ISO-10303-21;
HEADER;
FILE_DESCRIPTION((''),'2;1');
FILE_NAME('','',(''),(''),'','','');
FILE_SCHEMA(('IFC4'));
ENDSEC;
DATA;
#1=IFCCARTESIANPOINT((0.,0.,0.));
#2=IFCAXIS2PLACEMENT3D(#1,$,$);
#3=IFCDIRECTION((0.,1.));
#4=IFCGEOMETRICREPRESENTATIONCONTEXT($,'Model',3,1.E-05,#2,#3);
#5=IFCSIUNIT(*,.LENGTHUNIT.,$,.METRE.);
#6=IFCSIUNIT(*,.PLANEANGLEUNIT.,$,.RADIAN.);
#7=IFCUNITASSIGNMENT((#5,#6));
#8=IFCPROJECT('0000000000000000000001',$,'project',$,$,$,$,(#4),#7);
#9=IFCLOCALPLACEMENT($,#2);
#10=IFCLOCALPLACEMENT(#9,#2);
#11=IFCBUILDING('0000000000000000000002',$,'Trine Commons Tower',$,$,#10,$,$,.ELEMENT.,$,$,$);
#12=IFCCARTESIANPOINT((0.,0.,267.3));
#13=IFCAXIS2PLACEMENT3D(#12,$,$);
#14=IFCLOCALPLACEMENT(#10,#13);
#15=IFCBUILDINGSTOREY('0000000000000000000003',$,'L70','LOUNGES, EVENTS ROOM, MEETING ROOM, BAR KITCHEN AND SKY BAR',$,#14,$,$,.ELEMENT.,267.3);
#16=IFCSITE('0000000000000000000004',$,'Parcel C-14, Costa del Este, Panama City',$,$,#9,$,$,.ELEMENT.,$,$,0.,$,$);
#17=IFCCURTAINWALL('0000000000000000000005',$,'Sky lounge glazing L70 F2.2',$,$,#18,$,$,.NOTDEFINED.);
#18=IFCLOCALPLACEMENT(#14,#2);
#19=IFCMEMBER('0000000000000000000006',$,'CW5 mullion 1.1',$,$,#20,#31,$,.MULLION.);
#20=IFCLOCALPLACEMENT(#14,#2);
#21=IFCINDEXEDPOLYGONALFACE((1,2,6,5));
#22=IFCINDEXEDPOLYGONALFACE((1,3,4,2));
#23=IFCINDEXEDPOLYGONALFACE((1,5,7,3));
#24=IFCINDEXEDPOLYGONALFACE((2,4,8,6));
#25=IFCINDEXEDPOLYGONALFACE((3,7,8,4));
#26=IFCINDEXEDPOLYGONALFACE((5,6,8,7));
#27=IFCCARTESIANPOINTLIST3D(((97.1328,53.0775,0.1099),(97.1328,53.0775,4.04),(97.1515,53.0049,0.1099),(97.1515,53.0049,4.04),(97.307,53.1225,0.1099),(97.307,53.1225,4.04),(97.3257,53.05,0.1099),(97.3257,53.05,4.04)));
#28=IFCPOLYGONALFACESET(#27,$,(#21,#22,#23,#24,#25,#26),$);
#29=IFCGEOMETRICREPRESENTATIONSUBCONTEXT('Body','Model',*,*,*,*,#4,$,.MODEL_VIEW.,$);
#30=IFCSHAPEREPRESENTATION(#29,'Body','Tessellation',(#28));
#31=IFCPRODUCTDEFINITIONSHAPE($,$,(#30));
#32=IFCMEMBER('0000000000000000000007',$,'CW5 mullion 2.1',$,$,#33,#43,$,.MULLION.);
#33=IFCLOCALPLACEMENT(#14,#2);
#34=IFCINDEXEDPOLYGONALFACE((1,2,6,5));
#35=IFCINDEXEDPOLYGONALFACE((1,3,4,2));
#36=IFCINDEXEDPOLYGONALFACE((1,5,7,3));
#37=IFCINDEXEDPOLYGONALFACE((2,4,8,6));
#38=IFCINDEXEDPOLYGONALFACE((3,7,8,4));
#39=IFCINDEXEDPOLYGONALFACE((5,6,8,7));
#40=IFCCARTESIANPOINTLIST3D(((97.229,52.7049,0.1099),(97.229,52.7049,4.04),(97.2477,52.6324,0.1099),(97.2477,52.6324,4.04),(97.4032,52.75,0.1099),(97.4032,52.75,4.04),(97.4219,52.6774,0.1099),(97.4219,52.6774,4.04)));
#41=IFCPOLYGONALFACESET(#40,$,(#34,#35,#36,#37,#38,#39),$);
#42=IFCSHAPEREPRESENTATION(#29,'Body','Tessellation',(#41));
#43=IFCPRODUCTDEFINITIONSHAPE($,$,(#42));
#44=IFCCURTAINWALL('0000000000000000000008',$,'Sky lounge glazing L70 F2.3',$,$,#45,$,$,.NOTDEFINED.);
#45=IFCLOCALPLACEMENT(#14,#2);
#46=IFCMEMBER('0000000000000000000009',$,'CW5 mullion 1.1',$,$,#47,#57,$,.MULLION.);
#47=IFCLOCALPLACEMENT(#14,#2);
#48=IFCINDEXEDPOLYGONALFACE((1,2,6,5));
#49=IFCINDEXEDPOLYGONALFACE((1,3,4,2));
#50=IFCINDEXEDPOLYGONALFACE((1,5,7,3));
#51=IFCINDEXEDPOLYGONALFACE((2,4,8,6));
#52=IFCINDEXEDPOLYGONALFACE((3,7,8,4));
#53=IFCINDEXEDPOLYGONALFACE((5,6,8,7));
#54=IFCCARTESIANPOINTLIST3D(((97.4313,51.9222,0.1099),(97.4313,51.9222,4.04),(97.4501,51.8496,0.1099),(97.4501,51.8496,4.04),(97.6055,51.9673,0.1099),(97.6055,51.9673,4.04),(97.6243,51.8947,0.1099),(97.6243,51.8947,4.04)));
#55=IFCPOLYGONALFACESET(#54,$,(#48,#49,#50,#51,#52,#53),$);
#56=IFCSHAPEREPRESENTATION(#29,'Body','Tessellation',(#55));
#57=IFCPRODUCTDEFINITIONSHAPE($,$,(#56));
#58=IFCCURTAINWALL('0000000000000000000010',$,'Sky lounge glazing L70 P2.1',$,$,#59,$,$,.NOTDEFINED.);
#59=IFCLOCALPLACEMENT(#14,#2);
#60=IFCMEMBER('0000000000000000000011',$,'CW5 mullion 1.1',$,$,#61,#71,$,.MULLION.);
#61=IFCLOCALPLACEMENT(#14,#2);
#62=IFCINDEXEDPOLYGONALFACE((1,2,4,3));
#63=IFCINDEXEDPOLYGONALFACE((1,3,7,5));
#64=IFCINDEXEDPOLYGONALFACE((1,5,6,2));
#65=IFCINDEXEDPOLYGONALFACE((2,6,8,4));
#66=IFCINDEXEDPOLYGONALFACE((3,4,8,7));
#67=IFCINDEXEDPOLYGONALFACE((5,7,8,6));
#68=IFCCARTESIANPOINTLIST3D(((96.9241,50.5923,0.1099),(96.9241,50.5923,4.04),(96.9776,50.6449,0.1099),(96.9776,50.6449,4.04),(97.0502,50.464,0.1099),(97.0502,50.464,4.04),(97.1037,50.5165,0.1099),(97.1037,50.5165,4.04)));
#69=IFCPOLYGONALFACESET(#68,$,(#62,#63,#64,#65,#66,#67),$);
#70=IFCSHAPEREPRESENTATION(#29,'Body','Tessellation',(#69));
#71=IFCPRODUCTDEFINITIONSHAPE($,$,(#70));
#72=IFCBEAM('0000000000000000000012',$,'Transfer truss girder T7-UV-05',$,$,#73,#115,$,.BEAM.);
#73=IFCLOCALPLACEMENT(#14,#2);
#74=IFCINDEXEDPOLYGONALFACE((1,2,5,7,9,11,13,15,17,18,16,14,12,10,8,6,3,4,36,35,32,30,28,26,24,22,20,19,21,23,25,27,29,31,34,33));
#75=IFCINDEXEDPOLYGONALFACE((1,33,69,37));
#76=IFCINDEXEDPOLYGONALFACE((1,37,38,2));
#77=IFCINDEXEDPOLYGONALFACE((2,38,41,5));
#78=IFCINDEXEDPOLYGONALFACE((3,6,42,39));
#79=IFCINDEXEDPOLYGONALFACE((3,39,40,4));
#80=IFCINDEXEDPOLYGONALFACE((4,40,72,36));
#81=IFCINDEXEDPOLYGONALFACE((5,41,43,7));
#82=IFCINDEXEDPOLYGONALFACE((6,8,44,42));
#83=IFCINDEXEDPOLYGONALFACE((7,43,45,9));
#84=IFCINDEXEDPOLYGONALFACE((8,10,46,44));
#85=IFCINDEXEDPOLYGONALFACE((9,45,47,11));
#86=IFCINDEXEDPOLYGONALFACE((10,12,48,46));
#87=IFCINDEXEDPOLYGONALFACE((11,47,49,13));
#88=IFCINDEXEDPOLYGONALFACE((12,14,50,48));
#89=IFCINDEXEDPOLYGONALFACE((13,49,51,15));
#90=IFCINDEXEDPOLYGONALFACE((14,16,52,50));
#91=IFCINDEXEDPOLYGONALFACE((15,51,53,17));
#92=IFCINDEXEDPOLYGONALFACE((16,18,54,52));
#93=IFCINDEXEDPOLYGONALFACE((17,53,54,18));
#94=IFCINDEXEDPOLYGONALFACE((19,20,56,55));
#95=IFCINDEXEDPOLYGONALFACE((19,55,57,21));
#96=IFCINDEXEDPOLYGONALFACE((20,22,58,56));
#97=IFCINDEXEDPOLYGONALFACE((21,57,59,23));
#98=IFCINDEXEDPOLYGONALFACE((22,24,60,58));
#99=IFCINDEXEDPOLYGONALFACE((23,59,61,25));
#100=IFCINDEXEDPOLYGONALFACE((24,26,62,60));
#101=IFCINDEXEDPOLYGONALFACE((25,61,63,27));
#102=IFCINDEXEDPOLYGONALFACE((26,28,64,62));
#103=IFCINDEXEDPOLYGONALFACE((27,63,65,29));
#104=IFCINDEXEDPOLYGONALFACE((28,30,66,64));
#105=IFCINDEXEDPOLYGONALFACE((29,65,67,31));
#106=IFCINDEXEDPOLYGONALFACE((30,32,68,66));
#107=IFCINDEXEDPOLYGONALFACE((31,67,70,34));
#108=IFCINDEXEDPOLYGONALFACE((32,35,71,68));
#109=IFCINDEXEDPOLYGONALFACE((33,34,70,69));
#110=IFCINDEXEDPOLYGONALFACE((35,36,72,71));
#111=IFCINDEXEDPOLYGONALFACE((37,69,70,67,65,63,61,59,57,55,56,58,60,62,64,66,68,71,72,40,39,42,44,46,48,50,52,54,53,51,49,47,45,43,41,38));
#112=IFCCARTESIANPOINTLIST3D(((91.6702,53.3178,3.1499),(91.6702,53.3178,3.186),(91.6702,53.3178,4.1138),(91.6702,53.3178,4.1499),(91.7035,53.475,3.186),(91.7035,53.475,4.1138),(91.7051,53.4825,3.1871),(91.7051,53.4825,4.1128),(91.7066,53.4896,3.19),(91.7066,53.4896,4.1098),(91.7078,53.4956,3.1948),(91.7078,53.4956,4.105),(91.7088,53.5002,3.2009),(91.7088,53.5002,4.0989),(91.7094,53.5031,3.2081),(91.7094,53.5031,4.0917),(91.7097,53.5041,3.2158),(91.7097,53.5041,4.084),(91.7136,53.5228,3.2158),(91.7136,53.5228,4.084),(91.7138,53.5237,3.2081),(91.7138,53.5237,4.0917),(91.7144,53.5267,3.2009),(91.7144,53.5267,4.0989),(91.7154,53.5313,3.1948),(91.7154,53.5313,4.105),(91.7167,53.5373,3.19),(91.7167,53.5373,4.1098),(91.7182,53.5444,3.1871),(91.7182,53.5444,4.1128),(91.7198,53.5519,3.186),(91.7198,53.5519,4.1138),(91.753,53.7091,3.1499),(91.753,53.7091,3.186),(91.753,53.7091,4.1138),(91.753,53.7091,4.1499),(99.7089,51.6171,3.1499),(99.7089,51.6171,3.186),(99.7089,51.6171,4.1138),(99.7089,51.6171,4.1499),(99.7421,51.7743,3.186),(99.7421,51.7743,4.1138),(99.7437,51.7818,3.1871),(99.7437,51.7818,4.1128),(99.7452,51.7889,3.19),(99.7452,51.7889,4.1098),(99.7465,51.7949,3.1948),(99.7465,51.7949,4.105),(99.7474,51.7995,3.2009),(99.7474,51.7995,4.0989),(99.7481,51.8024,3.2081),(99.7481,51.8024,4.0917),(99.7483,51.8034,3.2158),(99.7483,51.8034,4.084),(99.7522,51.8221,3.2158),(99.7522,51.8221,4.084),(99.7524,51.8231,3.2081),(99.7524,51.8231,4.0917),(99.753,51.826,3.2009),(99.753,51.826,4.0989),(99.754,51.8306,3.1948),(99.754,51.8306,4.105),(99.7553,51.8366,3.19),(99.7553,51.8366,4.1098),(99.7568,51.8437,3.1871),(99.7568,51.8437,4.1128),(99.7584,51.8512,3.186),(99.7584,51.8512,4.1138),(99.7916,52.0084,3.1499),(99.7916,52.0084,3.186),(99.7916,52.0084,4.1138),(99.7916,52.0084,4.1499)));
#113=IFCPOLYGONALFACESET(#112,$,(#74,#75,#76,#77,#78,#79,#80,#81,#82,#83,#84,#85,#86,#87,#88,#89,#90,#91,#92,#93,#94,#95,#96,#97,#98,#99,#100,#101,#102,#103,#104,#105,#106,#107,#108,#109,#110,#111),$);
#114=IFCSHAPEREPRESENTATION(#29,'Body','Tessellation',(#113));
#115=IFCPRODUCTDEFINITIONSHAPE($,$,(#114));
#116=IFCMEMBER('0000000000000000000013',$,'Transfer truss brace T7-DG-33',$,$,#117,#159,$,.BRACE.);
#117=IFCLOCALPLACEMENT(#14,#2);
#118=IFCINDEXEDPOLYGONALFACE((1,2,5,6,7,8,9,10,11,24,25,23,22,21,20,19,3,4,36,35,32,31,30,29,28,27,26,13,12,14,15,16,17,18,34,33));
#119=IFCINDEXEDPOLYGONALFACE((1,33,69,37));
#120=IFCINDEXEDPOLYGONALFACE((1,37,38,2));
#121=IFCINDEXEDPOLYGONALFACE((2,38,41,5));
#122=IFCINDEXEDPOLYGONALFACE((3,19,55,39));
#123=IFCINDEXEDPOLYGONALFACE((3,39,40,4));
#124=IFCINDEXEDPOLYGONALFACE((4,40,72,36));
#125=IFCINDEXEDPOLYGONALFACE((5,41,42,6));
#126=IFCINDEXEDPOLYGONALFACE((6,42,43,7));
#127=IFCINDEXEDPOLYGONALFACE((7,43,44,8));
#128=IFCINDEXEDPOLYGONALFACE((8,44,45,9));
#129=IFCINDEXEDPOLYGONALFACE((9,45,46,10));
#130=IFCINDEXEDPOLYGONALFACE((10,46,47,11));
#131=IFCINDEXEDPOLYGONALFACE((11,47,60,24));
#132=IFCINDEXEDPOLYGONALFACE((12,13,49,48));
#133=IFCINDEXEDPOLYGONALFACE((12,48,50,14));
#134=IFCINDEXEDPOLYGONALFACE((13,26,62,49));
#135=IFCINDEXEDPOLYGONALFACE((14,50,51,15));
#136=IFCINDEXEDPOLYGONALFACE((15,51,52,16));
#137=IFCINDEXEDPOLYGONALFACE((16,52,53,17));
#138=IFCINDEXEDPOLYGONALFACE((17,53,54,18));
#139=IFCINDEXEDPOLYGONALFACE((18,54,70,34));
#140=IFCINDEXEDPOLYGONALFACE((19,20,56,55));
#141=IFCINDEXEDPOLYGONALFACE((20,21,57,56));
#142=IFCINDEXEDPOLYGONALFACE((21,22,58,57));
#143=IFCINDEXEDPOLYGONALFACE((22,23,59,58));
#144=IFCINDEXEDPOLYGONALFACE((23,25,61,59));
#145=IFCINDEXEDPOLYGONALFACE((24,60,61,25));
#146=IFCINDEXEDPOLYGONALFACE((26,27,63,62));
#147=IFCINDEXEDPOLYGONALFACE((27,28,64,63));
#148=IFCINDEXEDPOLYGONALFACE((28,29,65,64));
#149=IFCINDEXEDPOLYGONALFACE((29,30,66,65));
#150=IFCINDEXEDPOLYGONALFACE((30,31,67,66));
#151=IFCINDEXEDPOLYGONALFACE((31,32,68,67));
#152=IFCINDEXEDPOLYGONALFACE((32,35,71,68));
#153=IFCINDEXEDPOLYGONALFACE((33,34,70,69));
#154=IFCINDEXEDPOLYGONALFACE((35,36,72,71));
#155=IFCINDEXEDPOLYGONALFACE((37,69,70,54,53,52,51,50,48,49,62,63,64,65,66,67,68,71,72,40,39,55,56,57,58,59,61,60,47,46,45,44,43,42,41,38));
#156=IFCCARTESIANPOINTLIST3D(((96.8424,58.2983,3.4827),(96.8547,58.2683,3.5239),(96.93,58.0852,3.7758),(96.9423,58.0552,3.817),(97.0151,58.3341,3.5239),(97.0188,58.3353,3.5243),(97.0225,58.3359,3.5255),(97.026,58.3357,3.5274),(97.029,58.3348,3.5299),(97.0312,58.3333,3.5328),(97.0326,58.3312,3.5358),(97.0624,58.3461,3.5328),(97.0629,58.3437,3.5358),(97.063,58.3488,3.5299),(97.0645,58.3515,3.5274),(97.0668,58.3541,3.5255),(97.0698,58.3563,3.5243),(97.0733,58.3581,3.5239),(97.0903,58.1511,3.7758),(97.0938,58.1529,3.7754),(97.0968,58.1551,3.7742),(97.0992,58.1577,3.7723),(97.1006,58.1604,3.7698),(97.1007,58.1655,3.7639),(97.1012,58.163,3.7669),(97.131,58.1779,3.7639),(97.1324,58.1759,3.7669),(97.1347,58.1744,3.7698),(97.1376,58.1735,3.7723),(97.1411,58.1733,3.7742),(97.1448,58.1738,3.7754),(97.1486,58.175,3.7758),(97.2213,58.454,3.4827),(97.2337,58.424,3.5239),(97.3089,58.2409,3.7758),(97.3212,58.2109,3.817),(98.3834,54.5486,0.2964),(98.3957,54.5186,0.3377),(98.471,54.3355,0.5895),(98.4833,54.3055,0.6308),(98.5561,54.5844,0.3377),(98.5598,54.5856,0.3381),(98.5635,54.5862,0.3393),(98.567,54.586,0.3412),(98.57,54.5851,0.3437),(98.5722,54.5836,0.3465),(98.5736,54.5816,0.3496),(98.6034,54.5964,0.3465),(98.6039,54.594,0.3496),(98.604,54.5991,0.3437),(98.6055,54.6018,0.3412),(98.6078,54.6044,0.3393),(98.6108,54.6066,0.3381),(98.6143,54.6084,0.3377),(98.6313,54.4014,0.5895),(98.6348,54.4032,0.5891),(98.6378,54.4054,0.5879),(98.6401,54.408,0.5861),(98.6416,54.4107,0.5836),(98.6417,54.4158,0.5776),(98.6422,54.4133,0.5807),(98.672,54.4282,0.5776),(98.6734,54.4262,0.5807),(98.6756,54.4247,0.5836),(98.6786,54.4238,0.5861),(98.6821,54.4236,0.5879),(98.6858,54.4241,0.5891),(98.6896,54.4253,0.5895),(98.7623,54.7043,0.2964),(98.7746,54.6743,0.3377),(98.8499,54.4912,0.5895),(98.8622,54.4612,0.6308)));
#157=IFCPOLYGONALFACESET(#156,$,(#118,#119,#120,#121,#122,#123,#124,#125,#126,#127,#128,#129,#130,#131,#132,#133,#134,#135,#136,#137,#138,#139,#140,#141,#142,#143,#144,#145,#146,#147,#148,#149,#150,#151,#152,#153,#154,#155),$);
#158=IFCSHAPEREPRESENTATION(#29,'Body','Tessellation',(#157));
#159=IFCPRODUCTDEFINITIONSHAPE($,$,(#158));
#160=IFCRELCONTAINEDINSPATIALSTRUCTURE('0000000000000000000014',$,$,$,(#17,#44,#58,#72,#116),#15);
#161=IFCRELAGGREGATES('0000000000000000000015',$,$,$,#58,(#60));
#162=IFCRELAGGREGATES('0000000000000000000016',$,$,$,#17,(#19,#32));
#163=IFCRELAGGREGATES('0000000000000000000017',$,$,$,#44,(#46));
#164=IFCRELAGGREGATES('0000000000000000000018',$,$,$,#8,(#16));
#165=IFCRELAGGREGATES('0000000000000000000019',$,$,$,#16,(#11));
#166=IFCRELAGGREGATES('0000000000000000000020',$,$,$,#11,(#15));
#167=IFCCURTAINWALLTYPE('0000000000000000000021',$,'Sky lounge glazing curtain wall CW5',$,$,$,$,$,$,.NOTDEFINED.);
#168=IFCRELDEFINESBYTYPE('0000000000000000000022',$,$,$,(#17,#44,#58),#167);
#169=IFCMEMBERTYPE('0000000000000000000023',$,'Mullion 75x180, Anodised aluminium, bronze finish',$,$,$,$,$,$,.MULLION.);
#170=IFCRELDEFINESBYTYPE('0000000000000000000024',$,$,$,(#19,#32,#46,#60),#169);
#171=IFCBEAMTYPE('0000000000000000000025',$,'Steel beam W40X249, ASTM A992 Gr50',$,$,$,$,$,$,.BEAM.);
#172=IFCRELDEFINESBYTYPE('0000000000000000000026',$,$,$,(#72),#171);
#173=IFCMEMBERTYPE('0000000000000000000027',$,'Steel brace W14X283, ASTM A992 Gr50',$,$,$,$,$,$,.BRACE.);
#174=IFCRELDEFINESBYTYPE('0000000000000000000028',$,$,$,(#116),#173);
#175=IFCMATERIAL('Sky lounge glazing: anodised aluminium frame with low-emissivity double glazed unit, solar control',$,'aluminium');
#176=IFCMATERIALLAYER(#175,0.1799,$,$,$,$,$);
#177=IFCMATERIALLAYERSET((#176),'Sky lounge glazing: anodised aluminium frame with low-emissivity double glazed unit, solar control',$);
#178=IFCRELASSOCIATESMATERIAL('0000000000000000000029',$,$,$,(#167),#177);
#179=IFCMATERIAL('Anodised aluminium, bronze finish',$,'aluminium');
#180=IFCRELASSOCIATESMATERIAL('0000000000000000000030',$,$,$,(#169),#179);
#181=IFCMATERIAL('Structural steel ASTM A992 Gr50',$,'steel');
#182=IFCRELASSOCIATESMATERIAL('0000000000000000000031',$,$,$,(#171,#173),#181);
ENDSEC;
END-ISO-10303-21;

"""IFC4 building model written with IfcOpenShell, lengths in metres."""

from ifc_helpers import new_model, si_unit, direction, frame, origin, origin_2d, place, context, subcontext, project, spatial, rectangle, i_section, extrude, material, layer, layer_set, material_profile, profile_set, type_object, element, aggregate, save


model = new_model("IFC4")

# Units and contexts
model_context = context("Model", 3, precision=1e-05, world=origin(), true_north=direction((0.0, 1.0)))
body_context = subcontext(model_context, "Body", "Model", "MODEL_VIEW")
ifc_project = project(units=[si_unit("LENGTHUNIT", "METRE"), si_unit("PLANEANGLEUNIT", "RADIAN")], contexts=[model_context])

# Site, building, storey
site_placement = place(None, origin())
site = spatial("IfcSite", under=ifc_project, at=site_placement, Name="Parcel C-14, Costa del Este, Panama City", CompositionType="ELEMENT", RefElevation=0.0)
building_placement = place(site_placement, origin())
building = spatial("IfcBuilding", under=site, at=building_placement, Name="Trine Commons Tower", CompositionType="ELEMENT")
storey_placement = place(building_placement, frame((0.0, 0.0, 267.3)))
storey = spatial("IfcBuildingStorey", under=building, at=storey_placement, Name="L70", Description="LOUNGES, EVENTS ROOM, MEETING ROOM, BAR KITCHEN AND SKY BAR", CompositionType="ELEMENT", Elevation=267.3)

# Curtain wall, members
ifc_material_1 = material(Name="Sky lounge glazing: anodised aluminium frame with low-emissivity double glazed unit, solar control", Category="aluminium")
ifc_layer_1 = layer(ifc_material_1, 0.1799)
ifc_layer_set_1 = layer_set([ifc_layer_1], Name="Sky lounge glazing: anodised aluminium frame with low-emissivity double glazed unit, solar control")
curtain_wall_type = type_object("IfcCurtainWallType", Name="Sky lounge glazing curtain wall CW5", PredefinedType="NOTDEFINED", material=ifc_layer_set_1)
curtain_wall_1_placement = place(storey_placement, origin())
curtain_wall_1 = element("IfcCurtainWall", 1, at=curtain_wall_1_placement, inside=storey, type_object=curtain_wall_type, Name="Sky lounge glazing L70 F2.2", PredefinedType="NOTDEFINED")
ifc_material_2 = material(Name="Anodised aluminium, bronze finish", Category="aluminium")
ifc_material_profile_1 = material_profile(ifc_material_2, rectangle(XDim=0.1799, YDim=0.075, at=origin_2d()), Name="Mullion 75x180")
ifc_profile_set_1 = profile_set([ifc_material_profile_1], Name="Anodised aluminium, bronze finish")
member_type_1 = type_object("IfcMemberType", Name="Mullion 75x180, Anodised aluminium, bronze finish", PredefinedType="MULLION", material=ifc_profile_set_1)
member_1_placement = place(storey_placement, frame((97.2292, 53.0637, 0.1099), z_axis=(0.0, 0.0, 1.0), x_axis=(0.968148, 0.25038, 0.0)))
member_1 = element("IfcMember", 2, at=member_1_placement, type_object=member_type_1, Name="CW5 mullion 1.1", PredefinedType="MULLION", context=body_context, shape_type="SweptSolid", body=[
    extrude(rectangle(XDim=0.1799, YDim=0.075, at=origin_2d()), origin(), (0.0, 0.0, 1.0), 3.9302),
])
member_2_placement = place(storey_placement, frame((97.3254, 52.6912, 0.1099), z_axis=(0.0, 0.0, 1.0), x_axis=(0.968148, 0.25038, 0.0)))
member_2 = element("IfcMember", 3, at=member_2_placement, type_object=member_type_1, Name="CW5 mullion 2.1", PredefinedType="MULLION", context=body_context, shape_type="SweptSolid", body=[
    extrude(rectangle(XDim=0.1799, YDim=0.075, at=origin_2d()), origin(), (0.0, 0.0, 1.0), 3.9302),
])

# Curtain walls, members
curtain_wall_2_placement = place(storey_placement, origin())
curtain_wall_2 = element("IfcCurtainWall", 4, at=curtain_wall_2_placement, inside=storey, type_object=curtain_wall_type, Name="Sky lounge glazing L70 F2.3", PredefinedType="NOTDEFINED")
member_3_placement = place(storey_placement, frame((97.5278, 51.9084, 0.1099), z_axis=(0.0, 0.0, 1.0), x_axis=(0.968148, 0.25038, 0.0)))
member_3 = element("IfcMember", 5, at=member_3_placement, type_object=member_type_1, Name="CW5 mullion 1.1", PredefinedType="MULLION", context=body_context, shape_type="SweptSolid", body=[
    extrude(rectangle(XDim=0.1799, YDim=0.075, at=origin_2d()), origin(), (0.0, 0.0, 1.0), 3.9302),
])
curtain_wall_3_placement = place(storey_placement, origin())
curtain_wall_3 = element("IfcCurtainWall", 6, at=curtain_wall_3_placement, inside=storey, type_object=curtain_wall_type, Name="Sky lounge glazing L70 P2.1", PredefinedType="NOTDEFINED")
member_4_placement = place(storey_placement, frame((97.0139, 50.5544, 0.1099), z_axis=(0.0, 0.0, 1.0), x_axis=(0.700909, -0.71325, 0.0)))
member_4 = element("IfcMember", 7, at=member_4_placement, type_object=member_type_1, Name="CW5 mullion 1.1", PredefinedType="MULLION", context=body_context, shape_type="SweptSolid", body=[
    extrude(rectangle(XDim=0.1799, YDim=0.075, at=origin_2d()), origin(), (0.0, 0.0, 1.0), 3.9302),
])

# Beam
ifc_material_3 = material(Name="Structural steel ASTM A992 Gr50", Category="steel")
ifc_material_profile_2 = material_profile(ifc_material_3, i_section(OverallWidth=0.3999, OverallDepth=1.0, WebThickness=0.019, FlangeThickness=0.0361, FilletRadius=0.0298, at=origin_2d()), Name="W40X249")
ifc_profile_set_2 = profile_set([ifc_material_profile_2], Name="Structural steel ASTM A992 Gr50")
beam_type = type_object("IfcBeamType", Name="Steel beam W40X249, ASTM A992 Gr50", PredefinedType="BEAM", material=ifc_profile_set_2)
beam_placement = place(storey_placement, frame((99.7502, 51.8127, 3.6499), z_axis=(-0.978344, 0.206984, 0.0), x_axis=(-0.206984, -0.978344, 0.0)))
element("IfcBeam", 8, at=beam_placement, inside=storey, type_object=beam_type, Name="Transfer truss girder T7-UV-05", PredefinedType="BEAM", context=body_context, shape_type="SweptSolid", body=[
    extrude(i_section(OverallWidth=0.3999, OverallDepth=1.0, WebThickness=0.019, FlangeThickness=0.0361, FilletRadius=0.0298, at=origin_2d()), origin(), (0.0, 0.0, 1.0), 8.2166),
])

# Member
ifc_material_profile_3 = material_profile(ifc_material_3, i_section(OverallWidth=0.4097, OverallDepth=0.4253, WebThickness=0.0327, FlangeThickness=0.0525, FilletRadius=0.0151, at=origin_2d()), Name="W14X283")
ifc_profile_set_3 = profile_set([ifc_material_profile_3], Name="Structural steel ASTM A992 Gr50")
member_type_2 = type_object("IfcMemberType", Name="Steel brace W14X283, ASTM A992 Gr50", PredefinedType="BRACE", material=ifc_profile_set_3)
member_5_placement = place(storey_placement, frame((98.6228, 54.5049, 0.4636), z_axis=(-0.298859, 0.727214, 0.617935), x_axis=(-0.924939, -0.380117, 0.0)))
element("IfcMember", 9, at=member_5_placement, inside=storey, type_object=member_type_2, Name="Transfer truss brace T7-DG-33", PredefinedType="BRACE", context=body_context, shape_type="SweptSolid", body=[
    extrude(i_section(OverallWidth=0.4097, OverallDepth=0.4253, WebThickness=0.0327, FlangeThickness=0.0525, FilletRadius=0.0151, at=origin_2d()), origin(), (0.0, 0.0, 1.0), 5.1562),
])

aggregate(curtain_wall_3, [member_4])

aggregate(curtain_wall_1, [member_1, member_2])
aggregate(curtain_wall_2, [member_3])

save(model, "model.ifc")
